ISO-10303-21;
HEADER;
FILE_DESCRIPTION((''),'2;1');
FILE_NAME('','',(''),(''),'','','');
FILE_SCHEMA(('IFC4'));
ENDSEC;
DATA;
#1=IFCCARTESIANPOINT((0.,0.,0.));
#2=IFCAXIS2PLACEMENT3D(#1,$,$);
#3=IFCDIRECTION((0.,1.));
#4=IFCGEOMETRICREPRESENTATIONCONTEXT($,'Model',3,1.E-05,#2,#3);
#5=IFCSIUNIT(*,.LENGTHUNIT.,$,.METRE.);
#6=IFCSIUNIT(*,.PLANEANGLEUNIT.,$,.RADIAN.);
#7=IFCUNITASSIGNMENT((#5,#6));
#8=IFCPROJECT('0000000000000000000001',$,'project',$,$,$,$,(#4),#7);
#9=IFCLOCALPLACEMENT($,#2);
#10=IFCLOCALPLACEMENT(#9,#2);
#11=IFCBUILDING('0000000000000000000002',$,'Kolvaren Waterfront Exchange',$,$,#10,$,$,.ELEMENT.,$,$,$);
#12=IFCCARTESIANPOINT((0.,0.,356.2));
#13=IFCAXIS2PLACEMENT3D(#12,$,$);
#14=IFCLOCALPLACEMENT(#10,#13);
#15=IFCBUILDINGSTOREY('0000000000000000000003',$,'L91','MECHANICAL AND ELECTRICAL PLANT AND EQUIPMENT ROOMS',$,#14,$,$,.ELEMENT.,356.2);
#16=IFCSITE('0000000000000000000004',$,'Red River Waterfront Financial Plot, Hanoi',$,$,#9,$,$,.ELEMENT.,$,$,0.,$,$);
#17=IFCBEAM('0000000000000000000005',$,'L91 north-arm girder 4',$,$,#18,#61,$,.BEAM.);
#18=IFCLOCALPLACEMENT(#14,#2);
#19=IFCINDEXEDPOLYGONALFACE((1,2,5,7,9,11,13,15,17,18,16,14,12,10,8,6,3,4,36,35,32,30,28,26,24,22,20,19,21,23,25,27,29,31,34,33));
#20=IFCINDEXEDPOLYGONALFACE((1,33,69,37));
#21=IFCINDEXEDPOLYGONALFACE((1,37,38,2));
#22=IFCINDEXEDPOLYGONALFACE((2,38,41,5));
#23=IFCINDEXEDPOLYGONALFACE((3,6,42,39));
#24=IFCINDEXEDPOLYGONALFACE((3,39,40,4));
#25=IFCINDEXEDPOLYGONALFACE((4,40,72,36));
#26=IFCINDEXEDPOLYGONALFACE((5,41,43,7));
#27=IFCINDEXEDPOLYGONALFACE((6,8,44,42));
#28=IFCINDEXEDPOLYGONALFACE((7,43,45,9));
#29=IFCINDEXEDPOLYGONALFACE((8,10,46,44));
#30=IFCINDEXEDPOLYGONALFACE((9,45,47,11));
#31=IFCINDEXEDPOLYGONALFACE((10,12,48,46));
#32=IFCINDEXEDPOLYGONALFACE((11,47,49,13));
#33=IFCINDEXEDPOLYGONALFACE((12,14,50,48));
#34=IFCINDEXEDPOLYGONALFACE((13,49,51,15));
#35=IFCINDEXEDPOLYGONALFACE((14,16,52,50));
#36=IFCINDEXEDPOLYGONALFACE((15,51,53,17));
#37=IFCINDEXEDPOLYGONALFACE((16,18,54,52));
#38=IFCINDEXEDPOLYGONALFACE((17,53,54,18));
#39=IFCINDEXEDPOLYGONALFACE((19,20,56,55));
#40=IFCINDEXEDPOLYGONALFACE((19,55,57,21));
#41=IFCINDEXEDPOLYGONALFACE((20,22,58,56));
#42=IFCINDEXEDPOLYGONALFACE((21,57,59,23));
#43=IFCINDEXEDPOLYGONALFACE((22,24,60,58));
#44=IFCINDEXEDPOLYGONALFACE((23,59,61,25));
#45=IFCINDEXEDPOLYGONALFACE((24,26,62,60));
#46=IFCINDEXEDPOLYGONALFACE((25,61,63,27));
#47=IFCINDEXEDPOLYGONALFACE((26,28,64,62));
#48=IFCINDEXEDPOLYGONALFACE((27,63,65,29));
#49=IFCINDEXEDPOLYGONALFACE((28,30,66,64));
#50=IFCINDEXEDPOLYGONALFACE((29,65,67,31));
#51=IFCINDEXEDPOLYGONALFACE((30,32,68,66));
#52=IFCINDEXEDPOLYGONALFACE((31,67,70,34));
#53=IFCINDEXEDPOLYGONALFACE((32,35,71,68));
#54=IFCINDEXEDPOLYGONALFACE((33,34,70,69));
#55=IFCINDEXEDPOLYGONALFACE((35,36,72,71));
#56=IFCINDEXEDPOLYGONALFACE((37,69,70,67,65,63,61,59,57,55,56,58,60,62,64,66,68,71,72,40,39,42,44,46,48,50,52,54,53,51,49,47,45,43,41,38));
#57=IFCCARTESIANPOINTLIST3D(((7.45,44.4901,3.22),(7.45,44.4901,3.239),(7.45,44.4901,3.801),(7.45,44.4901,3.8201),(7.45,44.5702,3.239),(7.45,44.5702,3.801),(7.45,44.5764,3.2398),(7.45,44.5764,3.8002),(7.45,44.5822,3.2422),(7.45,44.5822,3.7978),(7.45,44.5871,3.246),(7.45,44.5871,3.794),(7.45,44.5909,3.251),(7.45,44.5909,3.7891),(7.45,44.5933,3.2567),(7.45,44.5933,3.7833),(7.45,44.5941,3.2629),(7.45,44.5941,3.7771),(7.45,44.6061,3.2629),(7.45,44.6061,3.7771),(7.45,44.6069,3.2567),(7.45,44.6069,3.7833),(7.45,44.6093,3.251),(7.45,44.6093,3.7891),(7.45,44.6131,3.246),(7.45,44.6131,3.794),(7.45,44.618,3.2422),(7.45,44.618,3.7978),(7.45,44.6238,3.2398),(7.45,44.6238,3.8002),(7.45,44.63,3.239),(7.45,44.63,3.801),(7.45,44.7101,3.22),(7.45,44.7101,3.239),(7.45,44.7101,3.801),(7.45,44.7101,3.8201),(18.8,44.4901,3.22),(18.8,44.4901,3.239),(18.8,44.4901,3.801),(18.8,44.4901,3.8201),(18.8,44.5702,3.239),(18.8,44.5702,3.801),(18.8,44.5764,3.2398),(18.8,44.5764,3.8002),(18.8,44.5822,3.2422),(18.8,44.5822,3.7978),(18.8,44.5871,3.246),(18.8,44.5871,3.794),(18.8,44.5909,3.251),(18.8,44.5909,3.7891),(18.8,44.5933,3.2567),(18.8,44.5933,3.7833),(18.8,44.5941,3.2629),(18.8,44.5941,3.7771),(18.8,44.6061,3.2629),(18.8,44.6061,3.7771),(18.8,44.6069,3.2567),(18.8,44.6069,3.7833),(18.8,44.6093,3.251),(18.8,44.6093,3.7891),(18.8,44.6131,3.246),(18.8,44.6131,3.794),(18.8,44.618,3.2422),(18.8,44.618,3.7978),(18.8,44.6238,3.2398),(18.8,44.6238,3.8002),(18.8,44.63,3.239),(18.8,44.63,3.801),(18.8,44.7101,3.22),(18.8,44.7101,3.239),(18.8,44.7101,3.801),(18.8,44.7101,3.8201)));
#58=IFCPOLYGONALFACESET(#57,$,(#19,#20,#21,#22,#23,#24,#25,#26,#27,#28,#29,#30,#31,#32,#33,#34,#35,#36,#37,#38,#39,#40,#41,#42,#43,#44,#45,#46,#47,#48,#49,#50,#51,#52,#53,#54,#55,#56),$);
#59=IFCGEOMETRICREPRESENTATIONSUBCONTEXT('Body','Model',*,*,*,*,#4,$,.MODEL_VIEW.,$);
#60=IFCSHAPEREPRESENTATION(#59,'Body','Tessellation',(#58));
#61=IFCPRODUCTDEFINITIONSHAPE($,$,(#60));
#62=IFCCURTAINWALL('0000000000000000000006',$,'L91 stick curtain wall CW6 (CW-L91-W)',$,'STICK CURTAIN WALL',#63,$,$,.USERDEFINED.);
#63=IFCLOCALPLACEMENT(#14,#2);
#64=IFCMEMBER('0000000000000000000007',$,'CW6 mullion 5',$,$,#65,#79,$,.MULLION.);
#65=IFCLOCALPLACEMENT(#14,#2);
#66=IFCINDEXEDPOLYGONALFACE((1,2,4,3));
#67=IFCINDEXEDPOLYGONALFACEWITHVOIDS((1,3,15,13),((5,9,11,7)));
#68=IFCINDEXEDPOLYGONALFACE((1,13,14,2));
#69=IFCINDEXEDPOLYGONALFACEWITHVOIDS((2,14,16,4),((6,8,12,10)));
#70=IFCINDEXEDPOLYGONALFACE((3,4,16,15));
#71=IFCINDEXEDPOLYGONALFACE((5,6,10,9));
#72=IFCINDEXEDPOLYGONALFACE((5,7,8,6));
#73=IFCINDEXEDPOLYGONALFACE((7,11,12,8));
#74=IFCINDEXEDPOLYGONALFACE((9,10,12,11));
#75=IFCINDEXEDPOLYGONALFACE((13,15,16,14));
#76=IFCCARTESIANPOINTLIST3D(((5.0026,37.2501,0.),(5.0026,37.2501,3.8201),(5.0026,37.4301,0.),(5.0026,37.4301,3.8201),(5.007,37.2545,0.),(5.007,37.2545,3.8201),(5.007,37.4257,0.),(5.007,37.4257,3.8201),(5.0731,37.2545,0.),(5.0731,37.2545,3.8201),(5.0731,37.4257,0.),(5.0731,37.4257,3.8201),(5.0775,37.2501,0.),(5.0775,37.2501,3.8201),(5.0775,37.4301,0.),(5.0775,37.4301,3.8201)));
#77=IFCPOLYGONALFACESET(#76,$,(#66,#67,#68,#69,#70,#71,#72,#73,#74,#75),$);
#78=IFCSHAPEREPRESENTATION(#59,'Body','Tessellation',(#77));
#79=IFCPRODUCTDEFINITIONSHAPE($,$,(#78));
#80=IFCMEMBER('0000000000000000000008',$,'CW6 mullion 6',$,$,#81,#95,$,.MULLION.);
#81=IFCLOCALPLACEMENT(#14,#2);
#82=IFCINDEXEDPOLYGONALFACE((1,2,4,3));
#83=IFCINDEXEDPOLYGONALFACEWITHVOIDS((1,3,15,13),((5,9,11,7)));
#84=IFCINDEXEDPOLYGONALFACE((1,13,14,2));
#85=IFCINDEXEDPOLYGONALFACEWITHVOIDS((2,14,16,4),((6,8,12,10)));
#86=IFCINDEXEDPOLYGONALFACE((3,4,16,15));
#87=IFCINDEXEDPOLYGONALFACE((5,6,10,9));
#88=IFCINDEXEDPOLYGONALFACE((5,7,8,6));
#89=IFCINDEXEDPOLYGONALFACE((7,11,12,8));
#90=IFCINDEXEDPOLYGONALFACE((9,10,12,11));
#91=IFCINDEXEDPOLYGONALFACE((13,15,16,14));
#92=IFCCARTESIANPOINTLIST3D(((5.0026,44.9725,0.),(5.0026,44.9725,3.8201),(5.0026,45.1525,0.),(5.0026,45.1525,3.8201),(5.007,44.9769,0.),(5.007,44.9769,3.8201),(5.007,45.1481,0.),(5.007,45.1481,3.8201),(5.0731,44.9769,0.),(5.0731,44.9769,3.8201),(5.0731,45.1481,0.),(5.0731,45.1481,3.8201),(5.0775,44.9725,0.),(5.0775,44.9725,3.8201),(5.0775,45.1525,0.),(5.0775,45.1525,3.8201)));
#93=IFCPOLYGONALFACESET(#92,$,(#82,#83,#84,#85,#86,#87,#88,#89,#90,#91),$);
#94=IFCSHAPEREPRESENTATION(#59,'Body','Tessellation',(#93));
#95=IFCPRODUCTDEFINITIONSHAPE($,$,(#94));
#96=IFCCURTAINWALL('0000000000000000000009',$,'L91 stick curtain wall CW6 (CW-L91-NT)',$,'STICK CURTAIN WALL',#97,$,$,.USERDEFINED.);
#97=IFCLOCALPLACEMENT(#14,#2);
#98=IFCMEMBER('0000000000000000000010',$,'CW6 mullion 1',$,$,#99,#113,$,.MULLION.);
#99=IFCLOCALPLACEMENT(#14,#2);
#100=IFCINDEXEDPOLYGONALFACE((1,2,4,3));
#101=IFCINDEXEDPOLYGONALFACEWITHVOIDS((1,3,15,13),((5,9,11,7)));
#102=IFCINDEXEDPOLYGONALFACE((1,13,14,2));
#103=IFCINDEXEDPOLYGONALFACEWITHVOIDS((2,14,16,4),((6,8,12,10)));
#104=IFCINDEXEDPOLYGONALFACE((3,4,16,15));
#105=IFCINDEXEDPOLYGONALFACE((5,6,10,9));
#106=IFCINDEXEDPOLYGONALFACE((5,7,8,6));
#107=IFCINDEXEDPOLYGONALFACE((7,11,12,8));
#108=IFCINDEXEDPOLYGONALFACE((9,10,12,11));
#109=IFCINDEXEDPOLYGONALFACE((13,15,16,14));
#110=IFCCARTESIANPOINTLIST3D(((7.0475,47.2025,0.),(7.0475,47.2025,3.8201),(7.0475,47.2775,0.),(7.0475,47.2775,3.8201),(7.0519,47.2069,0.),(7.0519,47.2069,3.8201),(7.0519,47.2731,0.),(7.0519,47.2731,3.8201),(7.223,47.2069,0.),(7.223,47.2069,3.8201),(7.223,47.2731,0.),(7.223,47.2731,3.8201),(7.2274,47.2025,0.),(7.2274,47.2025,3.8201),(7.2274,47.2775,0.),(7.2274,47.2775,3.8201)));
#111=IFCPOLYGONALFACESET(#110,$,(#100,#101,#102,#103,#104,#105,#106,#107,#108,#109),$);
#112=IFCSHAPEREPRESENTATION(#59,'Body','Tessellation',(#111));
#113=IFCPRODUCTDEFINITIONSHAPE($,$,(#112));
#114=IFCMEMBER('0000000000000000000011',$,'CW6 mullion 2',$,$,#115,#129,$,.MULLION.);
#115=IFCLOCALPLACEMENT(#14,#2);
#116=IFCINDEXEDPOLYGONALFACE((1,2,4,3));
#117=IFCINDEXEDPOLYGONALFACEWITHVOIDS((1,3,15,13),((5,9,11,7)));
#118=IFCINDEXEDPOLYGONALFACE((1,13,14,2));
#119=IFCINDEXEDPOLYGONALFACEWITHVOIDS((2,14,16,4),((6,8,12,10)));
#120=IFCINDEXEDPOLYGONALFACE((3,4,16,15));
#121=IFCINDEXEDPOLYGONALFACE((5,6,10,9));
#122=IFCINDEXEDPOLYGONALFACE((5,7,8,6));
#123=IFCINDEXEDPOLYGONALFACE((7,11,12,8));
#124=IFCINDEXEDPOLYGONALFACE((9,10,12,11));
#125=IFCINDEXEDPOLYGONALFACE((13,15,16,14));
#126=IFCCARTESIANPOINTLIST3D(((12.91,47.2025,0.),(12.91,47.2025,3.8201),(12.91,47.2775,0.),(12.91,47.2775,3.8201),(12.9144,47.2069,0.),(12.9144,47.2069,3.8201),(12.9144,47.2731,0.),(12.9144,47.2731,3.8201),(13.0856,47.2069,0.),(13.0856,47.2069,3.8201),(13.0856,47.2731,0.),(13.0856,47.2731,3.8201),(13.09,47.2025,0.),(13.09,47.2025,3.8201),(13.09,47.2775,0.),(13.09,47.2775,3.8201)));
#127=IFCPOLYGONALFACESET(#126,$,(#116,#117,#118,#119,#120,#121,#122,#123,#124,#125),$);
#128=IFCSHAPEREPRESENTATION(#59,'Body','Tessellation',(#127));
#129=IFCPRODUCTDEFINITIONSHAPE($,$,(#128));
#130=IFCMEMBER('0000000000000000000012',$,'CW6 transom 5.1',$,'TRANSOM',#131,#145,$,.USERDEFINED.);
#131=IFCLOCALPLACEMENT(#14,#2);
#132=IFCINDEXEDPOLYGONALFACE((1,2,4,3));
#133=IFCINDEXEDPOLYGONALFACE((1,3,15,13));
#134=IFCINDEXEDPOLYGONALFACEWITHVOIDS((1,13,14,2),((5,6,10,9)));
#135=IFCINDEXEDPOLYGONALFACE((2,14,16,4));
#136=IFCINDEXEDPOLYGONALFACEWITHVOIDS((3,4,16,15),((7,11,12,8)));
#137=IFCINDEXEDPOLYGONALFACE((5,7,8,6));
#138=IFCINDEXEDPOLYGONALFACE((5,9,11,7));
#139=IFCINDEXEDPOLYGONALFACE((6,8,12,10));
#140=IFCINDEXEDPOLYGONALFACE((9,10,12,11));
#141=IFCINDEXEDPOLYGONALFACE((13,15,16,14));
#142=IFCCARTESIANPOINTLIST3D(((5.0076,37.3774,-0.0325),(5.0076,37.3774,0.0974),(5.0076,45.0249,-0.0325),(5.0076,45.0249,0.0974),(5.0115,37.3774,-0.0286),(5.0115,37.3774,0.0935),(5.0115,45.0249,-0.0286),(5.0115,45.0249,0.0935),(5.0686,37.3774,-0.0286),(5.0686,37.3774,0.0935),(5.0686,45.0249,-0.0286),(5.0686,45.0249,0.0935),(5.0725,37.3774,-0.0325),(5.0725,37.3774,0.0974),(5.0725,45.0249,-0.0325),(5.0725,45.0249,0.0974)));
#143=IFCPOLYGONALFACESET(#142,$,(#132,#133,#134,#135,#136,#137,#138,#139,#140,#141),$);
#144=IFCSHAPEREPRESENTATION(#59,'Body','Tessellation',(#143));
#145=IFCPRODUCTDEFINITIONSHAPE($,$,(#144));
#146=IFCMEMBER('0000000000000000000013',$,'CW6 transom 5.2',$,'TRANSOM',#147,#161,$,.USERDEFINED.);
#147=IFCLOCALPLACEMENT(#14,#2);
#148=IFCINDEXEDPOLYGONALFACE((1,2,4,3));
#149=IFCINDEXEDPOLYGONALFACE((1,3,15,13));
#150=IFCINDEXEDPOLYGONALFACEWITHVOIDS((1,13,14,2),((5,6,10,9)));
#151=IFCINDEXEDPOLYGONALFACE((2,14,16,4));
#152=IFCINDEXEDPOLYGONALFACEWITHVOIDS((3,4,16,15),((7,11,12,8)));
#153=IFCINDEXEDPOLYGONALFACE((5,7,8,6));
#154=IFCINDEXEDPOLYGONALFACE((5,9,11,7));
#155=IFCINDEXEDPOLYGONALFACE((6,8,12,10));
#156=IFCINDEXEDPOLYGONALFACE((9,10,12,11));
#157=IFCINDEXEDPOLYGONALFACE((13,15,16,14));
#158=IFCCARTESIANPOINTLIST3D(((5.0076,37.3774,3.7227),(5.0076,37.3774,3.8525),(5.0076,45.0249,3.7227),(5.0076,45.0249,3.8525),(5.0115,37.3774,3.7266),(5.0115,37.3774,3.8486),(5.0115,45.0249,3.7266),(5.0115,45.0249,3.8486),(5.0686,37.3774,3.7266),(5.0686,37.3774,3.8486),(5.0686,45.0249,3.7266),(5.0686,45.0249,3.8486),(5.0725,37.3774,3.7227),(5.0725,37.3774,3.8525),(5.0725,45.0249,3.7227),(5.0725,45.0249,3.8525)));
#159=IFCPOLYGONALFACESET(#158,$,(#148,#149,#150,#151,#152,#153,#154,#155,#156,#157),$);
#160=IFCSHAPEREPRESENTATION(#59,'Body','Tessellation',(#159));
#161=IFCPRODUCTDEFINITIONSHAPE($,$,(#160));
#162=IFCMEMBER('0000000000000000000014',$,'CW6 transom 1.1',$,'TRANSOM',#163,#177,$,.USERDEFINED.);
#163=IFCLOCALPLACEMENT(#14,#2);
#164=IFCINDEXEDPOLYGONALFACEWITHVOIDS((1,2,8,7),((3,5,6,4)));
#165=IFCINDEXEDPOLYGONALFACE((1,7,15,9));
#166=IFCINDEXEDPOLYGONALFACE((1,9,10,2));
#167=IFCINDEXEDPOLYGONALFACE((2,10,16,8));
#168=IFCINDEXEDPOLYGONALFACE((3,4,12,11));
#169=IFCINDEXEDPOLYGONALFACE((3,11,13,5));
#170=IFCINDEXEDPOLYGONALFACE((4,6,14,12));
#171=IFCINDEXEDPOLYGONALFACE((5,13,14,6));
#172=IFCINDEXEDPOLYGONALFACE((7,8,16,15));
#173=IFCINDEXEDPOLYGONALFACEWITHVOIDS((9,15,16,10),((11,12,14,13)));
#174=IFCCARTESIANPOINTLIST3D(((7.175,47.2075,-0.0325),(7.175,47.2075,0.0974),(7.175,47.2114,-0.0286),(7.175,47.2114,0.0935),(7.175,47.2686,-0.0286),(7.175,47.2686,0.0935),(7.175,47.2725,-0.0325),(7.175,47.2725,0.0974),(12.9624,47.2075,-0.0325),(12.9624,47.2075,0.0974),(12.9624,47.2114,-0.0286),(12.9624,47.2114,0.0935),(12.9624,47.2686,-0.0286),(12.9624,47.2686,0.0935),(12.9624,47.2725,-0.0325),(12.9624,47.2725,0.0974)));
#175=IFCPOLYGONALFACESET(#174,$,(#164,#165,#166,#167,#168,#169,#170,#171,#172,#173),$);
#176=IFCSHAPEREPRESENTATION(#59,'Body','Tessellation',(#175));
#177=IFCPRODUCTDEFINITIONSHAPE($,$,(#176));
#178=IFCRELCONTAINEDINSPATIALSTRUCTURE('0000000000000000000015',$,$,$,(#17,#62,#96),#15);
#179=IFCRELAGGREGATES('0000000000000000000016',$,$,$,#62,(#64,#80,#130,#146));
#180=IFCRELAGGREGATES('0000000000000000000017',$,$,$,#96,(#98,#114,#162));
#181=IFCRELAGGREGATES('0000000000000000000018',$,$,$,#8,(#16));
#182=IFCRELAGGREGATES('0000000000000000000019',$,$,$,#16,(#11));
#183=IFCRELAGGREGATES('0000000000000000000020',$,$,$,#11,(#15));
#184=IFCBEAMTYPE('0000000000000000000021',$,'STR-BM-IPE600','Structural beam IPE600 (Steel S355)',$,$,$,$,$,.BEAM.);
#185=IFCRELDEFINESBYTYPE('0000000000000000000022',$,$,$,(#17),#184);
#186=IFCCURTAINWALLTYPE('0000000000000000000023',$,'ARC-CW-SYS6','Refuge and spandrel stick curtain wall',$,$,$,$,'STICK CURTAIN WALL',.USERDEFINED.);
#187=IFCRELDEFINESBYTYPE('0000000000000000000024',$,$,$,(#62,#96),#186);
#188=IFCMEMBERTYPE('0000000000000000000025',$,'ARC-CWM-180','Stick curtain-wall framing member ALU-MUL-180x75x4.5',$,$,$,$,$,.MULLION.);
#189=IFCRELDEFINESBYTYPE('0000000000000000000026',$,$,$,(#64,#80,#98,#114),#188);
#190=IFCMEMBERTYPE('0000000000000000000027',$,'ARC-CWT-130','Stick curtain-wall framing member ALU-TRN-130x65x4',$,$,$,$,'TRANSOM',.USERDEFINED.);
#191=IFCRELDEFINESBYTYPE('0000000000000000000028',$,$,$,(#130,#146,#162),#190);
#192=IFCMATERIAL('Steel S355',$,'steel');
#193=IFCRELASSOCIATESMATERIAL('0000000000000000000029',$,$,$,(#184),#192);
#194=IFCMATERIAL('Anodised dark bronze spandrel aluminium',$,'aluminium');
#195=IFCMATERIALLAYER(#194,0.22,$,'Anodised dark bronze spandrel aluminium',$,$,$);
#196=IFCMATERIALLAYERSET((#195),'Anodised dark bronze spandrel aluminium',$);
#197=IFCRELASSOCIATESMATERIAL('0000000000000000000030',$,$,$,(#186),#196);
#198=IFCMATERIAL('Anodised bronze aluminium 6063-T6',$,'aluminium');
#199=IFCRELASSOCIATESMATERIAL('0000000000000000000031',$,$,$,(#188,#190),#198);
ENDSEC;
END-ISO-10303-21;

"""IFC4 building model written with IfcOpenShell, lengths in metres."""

from ifc_helpers import new_model, si_unit, direction, frame, origin, origin_with_axes, origin_2d, place, context, subcontext, project, spatial, hollow_rectangle, i_section, extrude, source, transform, mapped, material, layer, layer_set, material_profile, profile_set, type_object, element, aggregate, save


model = new_model("IFC4")

# Units and contexts
model_context = context("Model", 3, precision=1e-05, world=origin(), true_north=direction((0.0, 1.0)))
body_context = subcontext(model_context, "Body", "Model", "MODEL_VIEW")
ifc_project = project(units=[si_unit("LENGTHUNIT", "METRE"), si_unit("PLANEANGLEUNIT", "RADIAN")], contexts=[model_context])

# Site, building, storey
site_placement = place(None, origin())
site = spatial("IfcSite", under=ifc_project, at=site_placement, Name="Red River Waterfront Financial Plot, Hanoi", CompositionType="ELEMENT", RefElevation=0.0)
building_placement = place(site_placement, origin())
building = spatial("IfcBuilding", under=site, at=building_placement, Name="Kolvaren Waterfront Exchange", CompositionType="ELEMENT")
storey_placement = place(building_placement, frame((0.0, 0.0, 356.2)))
storey = spatial("IfcBuildingStorey", under=building, at=storey_placement, Name="L91", Description="MECHANICAL AND ELECTRICAL PLANT AND EQUIPMENT ROOMS", CompositionType="ELEMENT", Elevation=356.2)

# Beam
ifc_material_1 = material(Name="Steel S355", Category="steel")
ifc_material_profile_1 = material_profile(ifc_material_1, i_section(OverallWidth=0.22, OverallDepth=0.6001, WebThickness=0.012, FlangeThickness=0.019, FilletRadius=0.0239, at=origin_2d()), Name="IPE600")
ifc_profile_set_1 = profile_set([ifc_material_profile_1], Name="Steel S355")
beam_type_1 = type_object("IfcBeamType", Name="STR-BM-IPE600", Description="Structural beam IPE600 (Steel S355)", PredefinedType="BEAM", material=ifc_profile_set_1)
for number, where, z_axis, x_axis, name in (
    (1, (7.45, 44.6001, 3.52), (1.0, 0.0, 0.0), (0.0, 1.0, 0.0), "L91 north-arm girder 4"),
):
    element("IfcBeam", number, at=place(storey_placement, frame(where, z_axis=z_axis, x_axis=x_axis)), inside=storey, type_object=beam_type_1, Name=name, PredefinedType="BEAM", context=body_context, shape_type="SweptSolid", body=[
        extrude(i_section(OverallWidth=0.22, OverallDepth=0.6001, WebThickness=0.012, FlangeThickness=0.019, FilletRadius=0.0239, at=origin_2d()), origin(), (0.0, 0.0, 1.0), 11.3501),
    ])

# Curtain walls, members
ifc_material_2 = material(Name="Anodised dark bronze spandrel aluminium", Category="aluminium")
ifc_layer_1 = layer(ifc_material_2, 0.22, Name="Anodised dark bronze spandrel aluminium")
ifc_layer_set_1 = layer_set([ifc_layer_1], Name="Anodised dark bronze spandrel aluminium")
curtain_wall_type = type_object("IfcCurtainWallType", Name="ARC-CW-SYS6", Description="Refuge and spandrel stick curtain wall", ElementType="STICK CURTAIN WALL", PredefinedType="USERDEFINED", material=ifc_layer_set_1)
curtain_wall_1_placement = place(storey_placement, origin())
curtain_wall_1 = element("IfcCurtainWall", 2, at=curtain_wall_1_placement, inside=storey, type_object=curtain_wall_type, Name="L91 stick curtain wall CW6 (CW-L91-W)", ObjectType="STICK CURTAIN WALL", PredefinedType="USERDEFINED")
ifc_material_3 = material(Name="Anodised bronze aluminium 6063-T6", Category="aluminium")
ifc_material_profile_2 = material_profile(ifc_material_3, hollow_rectangle(XDim=0.075, YDim=0.1799, WallThickness=0.0044, at=origin_2d()), Name="ALU-MUL-180x75x4.5")
ifc_profile_set_2 = profile_set([ifc_material_profile_2], Name="Anodised bronze aluminium 6063-T6")
member_type_1 = type_object("IfcMemberType", Name="ARC-CWM-180", Description="Stick curtain-wall framing member ALU-MUL-180x75x4.5", PredefinedType="MULLION", material=ifc_profile_set_2)
shared_shape_1 = source(origin_with_axes(), body_context, "Body", "SweptSolid", [
    extrude(hollow_rectangle(XDim=0.075, YDim=0.1799, WallThickness=0.0044, at=origin_2d()), origin(), (0.0, 0.0, 1.0), 3.8201),
])
member_1_placement = place(storey_placement, frame((5.04, 37.3401, 0.0), z_axis=(0.0, 0.0, 1.0), x_axis=(-1.0, 0.0, 0.0)))
member_1 = element("IfcMember", 3, at=member_1_placement, type_object=member_type_1, Name="CW6 mullion 5", PredefinedType="MULLION", context=body_context, shape_type="MappedRepresentation", body=[
    mapped(shared_shape_1, transform((0.0, 0.0, 0.0), x_axis=(1.0, 0.0, 0.0), y_axis=(0.0, 1.0, 0.0), z_axis=(0.0, 0.0, 1.0), scale=1.0)),
])
member_2_placement = place(storey_placement, frame((5.04, 45.0625, 0.0), z_axis=(0.0, 0.0, 1.0), x_axis=(-1.0, 0.0, 0.0)))
member_2 = element("IfcMember", 4, at=member_2_placement, type_object=member_type_1, Name="CW6 mullion 6", PredefinedType="MULLION", context=body_context, shape_type="MappedRepresentation", body=[
    mapped(shared_shape_1, transform((0.0, 0.0, 0.0), x_axis=(1.0, 0.0, 0.0), y_axis=(0.0, 1.0, 0.0), z_axis=(0.0, 0.0, 1.0), scale=1.0)),
])
curtain_wall_2_placement = place(storey_placement, origin())
curtain_wall_2 = element("IfcCurtainWall", 5, at=curtain_wall_2_placement, inside=storey, type_object=curtain_wall_type, Name="L91 stick curtain wall CW6 (CW-L91-NT)", ObjectType="STICK CURTAIN WALL", PredefinedType="USERDEFINED")
member_3_placement = place(storey_placement, frame((7.1375, 47.24, 0.0), z_axis=(0.0, 0.0, 1.0), x_axis=(0.0, 1.0, 0.0)))
member_3 = element("IfcMember", 6, at=member_3_placement, type_object=member_type_1, Name="CW6 mullion 1", PredefinedType="MULLION", context=body_context, shape_type="MappedRepresentation", body=[
    mapped(shared_shape_1, transform((0.0, 0.0, 0.0), x_axis=(1.0, 0.0, 0.0), y_axis=(0.0, 1.0, 0.0), z_axis=(0.0, 0.0, 1.0), scale=1.0)),
])
member_4_placement = place(storey_placement, frame((13.0, 47.24, 0.0), z_axis=(0.0, 0.0, 1.0), x_axis=(0.0, 1.0, 0.0)))
member_4 = element("IfcMember", 7, at=member_4_placement, type_object=member_type_1, Name="CW6 mullion 2", PredefinedType="MULLION", context=body_context, shape_type="MappedRepresentation", body=[
    mapped(shared_shape_1, transform((0.0, 0.0, 0.0), x_axis=(1.0, 0.0, 0.0), y_axis=(0.0, 1.0, 0.0), z_axis=(0.0, 0.0, 1.0), scale=1.0)),
])

# Members
ifc_material_profile_3 = material_profile(ifc_material_3, hollow_rectangle(XDim=0.0649, YDim=0.1299, WallThickness=0.0039, at=origin_2d()), Name="ALU-TRN-130x65x4")
ifc_profile_set_3 = profile_set([ifc_material_profile_3], Name="Anodised bronze aluminium 6063-T6")
member_type_2 = type_object("IfcMemberType", Name="ARC-CWT-130", Description="Stick curtain-wall framing member ALU-TRN-130x65x4", ElementType="TRANSOM", PredefinedType="USERDEFINED", material=ifc_profile_set_3)
shared_shape_2 = source(origin_with_axes(), body_context, "Body", "SweptSolid", [
    extrude(hollow_rectangle(XDim=0.0649, YDim=0.1299, WallThickness=0.0039, at=origin_2d()), origin(), (0.0, 0.0, 1.0), 7.6475),
])
member_5_placement = place(storey_placement, frame((5.04, 37.3774, 0.0325), z_axis=(0.0, 1.0, 0.0), x_axis=(-1.0, 0.0, 0.0)))
member_5 = element("IfcMember", 8, at=member_5_placement, type_object=member_type_2, Name="CW6 transom 5.1", ObjectType="TRANSOM", PredefinedType="USERDEFINED", context=body_context, shape_type="MappedRepresentation", body=[
    mapped(shared_shape_2, transform((0.0, 0.0, 0.0), x_axis=(1.0, 0.0, 0.0), y_axis=(0.0, 1.0, 0.0), z_axis=(0.0, 0.0, 1.0), scale=1.0)),
])
member_6_placement = place(storey_placement, frame((5.04, 37.3774, 3.7876), z_axis=(0.0, 1.0, 0.0), x_axis=(-1.0, 0.0, 0.0)))
member_6 = element("IfcMember", 9, at=member_6_placement, type_object=member_type_2, Name="CW6 transom 5.2", ObjectType="TRANSOM", PredefinedType="USERDEFINED", context=body_context, shape_type="MappedRepresentation", body=[
    mapped(shared_shape_2, transform((0.0, 0.0, 0.0), x_axis=(1.0, 0.0, 0.0), y_axis=(0.0, 1.0, 0.0), z_axis=(0.0, 0.0, 1.0), scale=1.0)),
])
shared_shape_3 = source(origin_with_axes(), body_context, "Body", "SweptSolid", [
    extrude(hollow_rectangle(XDim=0.0649, YDim=0.1299, WallThickness=0.0039, at=origin_2d()), origin(), (0.0, 0.0, 1.0), 5.7874),
])
member_7_placement = place(storey_placement, frame((7.175, 47.24, 0.0325), z_axis=(1.0, 0.0, 0.0), x_axis=(0.0, 1.0, 0.0)))
member_7 = element("IfcMember", 10, at=member_7_placement, type_object=member_type_2, Name="CW6 transom 1.1", ObjectType="TRANSOM", PredefinedType="USERDEFINED", context=body_context, shape_type="MappedRepresentation", body=[
    mapped(shared_shape_3, transform((0.0, 0.0, 0.0), x_axis=(1.0, 0.0, 0.0), y_axis=(0.0, 1.0, 0.0), z_axis=(0.0, 0.0, 1.0), scale=1.0)),
])

aggregate(curtain_wall_1, [member_1, member_2, member_5, member_6])
aggregate(curtain_wall_2, [member_3, member_4, member_7])

save(model, "model.ifc")
